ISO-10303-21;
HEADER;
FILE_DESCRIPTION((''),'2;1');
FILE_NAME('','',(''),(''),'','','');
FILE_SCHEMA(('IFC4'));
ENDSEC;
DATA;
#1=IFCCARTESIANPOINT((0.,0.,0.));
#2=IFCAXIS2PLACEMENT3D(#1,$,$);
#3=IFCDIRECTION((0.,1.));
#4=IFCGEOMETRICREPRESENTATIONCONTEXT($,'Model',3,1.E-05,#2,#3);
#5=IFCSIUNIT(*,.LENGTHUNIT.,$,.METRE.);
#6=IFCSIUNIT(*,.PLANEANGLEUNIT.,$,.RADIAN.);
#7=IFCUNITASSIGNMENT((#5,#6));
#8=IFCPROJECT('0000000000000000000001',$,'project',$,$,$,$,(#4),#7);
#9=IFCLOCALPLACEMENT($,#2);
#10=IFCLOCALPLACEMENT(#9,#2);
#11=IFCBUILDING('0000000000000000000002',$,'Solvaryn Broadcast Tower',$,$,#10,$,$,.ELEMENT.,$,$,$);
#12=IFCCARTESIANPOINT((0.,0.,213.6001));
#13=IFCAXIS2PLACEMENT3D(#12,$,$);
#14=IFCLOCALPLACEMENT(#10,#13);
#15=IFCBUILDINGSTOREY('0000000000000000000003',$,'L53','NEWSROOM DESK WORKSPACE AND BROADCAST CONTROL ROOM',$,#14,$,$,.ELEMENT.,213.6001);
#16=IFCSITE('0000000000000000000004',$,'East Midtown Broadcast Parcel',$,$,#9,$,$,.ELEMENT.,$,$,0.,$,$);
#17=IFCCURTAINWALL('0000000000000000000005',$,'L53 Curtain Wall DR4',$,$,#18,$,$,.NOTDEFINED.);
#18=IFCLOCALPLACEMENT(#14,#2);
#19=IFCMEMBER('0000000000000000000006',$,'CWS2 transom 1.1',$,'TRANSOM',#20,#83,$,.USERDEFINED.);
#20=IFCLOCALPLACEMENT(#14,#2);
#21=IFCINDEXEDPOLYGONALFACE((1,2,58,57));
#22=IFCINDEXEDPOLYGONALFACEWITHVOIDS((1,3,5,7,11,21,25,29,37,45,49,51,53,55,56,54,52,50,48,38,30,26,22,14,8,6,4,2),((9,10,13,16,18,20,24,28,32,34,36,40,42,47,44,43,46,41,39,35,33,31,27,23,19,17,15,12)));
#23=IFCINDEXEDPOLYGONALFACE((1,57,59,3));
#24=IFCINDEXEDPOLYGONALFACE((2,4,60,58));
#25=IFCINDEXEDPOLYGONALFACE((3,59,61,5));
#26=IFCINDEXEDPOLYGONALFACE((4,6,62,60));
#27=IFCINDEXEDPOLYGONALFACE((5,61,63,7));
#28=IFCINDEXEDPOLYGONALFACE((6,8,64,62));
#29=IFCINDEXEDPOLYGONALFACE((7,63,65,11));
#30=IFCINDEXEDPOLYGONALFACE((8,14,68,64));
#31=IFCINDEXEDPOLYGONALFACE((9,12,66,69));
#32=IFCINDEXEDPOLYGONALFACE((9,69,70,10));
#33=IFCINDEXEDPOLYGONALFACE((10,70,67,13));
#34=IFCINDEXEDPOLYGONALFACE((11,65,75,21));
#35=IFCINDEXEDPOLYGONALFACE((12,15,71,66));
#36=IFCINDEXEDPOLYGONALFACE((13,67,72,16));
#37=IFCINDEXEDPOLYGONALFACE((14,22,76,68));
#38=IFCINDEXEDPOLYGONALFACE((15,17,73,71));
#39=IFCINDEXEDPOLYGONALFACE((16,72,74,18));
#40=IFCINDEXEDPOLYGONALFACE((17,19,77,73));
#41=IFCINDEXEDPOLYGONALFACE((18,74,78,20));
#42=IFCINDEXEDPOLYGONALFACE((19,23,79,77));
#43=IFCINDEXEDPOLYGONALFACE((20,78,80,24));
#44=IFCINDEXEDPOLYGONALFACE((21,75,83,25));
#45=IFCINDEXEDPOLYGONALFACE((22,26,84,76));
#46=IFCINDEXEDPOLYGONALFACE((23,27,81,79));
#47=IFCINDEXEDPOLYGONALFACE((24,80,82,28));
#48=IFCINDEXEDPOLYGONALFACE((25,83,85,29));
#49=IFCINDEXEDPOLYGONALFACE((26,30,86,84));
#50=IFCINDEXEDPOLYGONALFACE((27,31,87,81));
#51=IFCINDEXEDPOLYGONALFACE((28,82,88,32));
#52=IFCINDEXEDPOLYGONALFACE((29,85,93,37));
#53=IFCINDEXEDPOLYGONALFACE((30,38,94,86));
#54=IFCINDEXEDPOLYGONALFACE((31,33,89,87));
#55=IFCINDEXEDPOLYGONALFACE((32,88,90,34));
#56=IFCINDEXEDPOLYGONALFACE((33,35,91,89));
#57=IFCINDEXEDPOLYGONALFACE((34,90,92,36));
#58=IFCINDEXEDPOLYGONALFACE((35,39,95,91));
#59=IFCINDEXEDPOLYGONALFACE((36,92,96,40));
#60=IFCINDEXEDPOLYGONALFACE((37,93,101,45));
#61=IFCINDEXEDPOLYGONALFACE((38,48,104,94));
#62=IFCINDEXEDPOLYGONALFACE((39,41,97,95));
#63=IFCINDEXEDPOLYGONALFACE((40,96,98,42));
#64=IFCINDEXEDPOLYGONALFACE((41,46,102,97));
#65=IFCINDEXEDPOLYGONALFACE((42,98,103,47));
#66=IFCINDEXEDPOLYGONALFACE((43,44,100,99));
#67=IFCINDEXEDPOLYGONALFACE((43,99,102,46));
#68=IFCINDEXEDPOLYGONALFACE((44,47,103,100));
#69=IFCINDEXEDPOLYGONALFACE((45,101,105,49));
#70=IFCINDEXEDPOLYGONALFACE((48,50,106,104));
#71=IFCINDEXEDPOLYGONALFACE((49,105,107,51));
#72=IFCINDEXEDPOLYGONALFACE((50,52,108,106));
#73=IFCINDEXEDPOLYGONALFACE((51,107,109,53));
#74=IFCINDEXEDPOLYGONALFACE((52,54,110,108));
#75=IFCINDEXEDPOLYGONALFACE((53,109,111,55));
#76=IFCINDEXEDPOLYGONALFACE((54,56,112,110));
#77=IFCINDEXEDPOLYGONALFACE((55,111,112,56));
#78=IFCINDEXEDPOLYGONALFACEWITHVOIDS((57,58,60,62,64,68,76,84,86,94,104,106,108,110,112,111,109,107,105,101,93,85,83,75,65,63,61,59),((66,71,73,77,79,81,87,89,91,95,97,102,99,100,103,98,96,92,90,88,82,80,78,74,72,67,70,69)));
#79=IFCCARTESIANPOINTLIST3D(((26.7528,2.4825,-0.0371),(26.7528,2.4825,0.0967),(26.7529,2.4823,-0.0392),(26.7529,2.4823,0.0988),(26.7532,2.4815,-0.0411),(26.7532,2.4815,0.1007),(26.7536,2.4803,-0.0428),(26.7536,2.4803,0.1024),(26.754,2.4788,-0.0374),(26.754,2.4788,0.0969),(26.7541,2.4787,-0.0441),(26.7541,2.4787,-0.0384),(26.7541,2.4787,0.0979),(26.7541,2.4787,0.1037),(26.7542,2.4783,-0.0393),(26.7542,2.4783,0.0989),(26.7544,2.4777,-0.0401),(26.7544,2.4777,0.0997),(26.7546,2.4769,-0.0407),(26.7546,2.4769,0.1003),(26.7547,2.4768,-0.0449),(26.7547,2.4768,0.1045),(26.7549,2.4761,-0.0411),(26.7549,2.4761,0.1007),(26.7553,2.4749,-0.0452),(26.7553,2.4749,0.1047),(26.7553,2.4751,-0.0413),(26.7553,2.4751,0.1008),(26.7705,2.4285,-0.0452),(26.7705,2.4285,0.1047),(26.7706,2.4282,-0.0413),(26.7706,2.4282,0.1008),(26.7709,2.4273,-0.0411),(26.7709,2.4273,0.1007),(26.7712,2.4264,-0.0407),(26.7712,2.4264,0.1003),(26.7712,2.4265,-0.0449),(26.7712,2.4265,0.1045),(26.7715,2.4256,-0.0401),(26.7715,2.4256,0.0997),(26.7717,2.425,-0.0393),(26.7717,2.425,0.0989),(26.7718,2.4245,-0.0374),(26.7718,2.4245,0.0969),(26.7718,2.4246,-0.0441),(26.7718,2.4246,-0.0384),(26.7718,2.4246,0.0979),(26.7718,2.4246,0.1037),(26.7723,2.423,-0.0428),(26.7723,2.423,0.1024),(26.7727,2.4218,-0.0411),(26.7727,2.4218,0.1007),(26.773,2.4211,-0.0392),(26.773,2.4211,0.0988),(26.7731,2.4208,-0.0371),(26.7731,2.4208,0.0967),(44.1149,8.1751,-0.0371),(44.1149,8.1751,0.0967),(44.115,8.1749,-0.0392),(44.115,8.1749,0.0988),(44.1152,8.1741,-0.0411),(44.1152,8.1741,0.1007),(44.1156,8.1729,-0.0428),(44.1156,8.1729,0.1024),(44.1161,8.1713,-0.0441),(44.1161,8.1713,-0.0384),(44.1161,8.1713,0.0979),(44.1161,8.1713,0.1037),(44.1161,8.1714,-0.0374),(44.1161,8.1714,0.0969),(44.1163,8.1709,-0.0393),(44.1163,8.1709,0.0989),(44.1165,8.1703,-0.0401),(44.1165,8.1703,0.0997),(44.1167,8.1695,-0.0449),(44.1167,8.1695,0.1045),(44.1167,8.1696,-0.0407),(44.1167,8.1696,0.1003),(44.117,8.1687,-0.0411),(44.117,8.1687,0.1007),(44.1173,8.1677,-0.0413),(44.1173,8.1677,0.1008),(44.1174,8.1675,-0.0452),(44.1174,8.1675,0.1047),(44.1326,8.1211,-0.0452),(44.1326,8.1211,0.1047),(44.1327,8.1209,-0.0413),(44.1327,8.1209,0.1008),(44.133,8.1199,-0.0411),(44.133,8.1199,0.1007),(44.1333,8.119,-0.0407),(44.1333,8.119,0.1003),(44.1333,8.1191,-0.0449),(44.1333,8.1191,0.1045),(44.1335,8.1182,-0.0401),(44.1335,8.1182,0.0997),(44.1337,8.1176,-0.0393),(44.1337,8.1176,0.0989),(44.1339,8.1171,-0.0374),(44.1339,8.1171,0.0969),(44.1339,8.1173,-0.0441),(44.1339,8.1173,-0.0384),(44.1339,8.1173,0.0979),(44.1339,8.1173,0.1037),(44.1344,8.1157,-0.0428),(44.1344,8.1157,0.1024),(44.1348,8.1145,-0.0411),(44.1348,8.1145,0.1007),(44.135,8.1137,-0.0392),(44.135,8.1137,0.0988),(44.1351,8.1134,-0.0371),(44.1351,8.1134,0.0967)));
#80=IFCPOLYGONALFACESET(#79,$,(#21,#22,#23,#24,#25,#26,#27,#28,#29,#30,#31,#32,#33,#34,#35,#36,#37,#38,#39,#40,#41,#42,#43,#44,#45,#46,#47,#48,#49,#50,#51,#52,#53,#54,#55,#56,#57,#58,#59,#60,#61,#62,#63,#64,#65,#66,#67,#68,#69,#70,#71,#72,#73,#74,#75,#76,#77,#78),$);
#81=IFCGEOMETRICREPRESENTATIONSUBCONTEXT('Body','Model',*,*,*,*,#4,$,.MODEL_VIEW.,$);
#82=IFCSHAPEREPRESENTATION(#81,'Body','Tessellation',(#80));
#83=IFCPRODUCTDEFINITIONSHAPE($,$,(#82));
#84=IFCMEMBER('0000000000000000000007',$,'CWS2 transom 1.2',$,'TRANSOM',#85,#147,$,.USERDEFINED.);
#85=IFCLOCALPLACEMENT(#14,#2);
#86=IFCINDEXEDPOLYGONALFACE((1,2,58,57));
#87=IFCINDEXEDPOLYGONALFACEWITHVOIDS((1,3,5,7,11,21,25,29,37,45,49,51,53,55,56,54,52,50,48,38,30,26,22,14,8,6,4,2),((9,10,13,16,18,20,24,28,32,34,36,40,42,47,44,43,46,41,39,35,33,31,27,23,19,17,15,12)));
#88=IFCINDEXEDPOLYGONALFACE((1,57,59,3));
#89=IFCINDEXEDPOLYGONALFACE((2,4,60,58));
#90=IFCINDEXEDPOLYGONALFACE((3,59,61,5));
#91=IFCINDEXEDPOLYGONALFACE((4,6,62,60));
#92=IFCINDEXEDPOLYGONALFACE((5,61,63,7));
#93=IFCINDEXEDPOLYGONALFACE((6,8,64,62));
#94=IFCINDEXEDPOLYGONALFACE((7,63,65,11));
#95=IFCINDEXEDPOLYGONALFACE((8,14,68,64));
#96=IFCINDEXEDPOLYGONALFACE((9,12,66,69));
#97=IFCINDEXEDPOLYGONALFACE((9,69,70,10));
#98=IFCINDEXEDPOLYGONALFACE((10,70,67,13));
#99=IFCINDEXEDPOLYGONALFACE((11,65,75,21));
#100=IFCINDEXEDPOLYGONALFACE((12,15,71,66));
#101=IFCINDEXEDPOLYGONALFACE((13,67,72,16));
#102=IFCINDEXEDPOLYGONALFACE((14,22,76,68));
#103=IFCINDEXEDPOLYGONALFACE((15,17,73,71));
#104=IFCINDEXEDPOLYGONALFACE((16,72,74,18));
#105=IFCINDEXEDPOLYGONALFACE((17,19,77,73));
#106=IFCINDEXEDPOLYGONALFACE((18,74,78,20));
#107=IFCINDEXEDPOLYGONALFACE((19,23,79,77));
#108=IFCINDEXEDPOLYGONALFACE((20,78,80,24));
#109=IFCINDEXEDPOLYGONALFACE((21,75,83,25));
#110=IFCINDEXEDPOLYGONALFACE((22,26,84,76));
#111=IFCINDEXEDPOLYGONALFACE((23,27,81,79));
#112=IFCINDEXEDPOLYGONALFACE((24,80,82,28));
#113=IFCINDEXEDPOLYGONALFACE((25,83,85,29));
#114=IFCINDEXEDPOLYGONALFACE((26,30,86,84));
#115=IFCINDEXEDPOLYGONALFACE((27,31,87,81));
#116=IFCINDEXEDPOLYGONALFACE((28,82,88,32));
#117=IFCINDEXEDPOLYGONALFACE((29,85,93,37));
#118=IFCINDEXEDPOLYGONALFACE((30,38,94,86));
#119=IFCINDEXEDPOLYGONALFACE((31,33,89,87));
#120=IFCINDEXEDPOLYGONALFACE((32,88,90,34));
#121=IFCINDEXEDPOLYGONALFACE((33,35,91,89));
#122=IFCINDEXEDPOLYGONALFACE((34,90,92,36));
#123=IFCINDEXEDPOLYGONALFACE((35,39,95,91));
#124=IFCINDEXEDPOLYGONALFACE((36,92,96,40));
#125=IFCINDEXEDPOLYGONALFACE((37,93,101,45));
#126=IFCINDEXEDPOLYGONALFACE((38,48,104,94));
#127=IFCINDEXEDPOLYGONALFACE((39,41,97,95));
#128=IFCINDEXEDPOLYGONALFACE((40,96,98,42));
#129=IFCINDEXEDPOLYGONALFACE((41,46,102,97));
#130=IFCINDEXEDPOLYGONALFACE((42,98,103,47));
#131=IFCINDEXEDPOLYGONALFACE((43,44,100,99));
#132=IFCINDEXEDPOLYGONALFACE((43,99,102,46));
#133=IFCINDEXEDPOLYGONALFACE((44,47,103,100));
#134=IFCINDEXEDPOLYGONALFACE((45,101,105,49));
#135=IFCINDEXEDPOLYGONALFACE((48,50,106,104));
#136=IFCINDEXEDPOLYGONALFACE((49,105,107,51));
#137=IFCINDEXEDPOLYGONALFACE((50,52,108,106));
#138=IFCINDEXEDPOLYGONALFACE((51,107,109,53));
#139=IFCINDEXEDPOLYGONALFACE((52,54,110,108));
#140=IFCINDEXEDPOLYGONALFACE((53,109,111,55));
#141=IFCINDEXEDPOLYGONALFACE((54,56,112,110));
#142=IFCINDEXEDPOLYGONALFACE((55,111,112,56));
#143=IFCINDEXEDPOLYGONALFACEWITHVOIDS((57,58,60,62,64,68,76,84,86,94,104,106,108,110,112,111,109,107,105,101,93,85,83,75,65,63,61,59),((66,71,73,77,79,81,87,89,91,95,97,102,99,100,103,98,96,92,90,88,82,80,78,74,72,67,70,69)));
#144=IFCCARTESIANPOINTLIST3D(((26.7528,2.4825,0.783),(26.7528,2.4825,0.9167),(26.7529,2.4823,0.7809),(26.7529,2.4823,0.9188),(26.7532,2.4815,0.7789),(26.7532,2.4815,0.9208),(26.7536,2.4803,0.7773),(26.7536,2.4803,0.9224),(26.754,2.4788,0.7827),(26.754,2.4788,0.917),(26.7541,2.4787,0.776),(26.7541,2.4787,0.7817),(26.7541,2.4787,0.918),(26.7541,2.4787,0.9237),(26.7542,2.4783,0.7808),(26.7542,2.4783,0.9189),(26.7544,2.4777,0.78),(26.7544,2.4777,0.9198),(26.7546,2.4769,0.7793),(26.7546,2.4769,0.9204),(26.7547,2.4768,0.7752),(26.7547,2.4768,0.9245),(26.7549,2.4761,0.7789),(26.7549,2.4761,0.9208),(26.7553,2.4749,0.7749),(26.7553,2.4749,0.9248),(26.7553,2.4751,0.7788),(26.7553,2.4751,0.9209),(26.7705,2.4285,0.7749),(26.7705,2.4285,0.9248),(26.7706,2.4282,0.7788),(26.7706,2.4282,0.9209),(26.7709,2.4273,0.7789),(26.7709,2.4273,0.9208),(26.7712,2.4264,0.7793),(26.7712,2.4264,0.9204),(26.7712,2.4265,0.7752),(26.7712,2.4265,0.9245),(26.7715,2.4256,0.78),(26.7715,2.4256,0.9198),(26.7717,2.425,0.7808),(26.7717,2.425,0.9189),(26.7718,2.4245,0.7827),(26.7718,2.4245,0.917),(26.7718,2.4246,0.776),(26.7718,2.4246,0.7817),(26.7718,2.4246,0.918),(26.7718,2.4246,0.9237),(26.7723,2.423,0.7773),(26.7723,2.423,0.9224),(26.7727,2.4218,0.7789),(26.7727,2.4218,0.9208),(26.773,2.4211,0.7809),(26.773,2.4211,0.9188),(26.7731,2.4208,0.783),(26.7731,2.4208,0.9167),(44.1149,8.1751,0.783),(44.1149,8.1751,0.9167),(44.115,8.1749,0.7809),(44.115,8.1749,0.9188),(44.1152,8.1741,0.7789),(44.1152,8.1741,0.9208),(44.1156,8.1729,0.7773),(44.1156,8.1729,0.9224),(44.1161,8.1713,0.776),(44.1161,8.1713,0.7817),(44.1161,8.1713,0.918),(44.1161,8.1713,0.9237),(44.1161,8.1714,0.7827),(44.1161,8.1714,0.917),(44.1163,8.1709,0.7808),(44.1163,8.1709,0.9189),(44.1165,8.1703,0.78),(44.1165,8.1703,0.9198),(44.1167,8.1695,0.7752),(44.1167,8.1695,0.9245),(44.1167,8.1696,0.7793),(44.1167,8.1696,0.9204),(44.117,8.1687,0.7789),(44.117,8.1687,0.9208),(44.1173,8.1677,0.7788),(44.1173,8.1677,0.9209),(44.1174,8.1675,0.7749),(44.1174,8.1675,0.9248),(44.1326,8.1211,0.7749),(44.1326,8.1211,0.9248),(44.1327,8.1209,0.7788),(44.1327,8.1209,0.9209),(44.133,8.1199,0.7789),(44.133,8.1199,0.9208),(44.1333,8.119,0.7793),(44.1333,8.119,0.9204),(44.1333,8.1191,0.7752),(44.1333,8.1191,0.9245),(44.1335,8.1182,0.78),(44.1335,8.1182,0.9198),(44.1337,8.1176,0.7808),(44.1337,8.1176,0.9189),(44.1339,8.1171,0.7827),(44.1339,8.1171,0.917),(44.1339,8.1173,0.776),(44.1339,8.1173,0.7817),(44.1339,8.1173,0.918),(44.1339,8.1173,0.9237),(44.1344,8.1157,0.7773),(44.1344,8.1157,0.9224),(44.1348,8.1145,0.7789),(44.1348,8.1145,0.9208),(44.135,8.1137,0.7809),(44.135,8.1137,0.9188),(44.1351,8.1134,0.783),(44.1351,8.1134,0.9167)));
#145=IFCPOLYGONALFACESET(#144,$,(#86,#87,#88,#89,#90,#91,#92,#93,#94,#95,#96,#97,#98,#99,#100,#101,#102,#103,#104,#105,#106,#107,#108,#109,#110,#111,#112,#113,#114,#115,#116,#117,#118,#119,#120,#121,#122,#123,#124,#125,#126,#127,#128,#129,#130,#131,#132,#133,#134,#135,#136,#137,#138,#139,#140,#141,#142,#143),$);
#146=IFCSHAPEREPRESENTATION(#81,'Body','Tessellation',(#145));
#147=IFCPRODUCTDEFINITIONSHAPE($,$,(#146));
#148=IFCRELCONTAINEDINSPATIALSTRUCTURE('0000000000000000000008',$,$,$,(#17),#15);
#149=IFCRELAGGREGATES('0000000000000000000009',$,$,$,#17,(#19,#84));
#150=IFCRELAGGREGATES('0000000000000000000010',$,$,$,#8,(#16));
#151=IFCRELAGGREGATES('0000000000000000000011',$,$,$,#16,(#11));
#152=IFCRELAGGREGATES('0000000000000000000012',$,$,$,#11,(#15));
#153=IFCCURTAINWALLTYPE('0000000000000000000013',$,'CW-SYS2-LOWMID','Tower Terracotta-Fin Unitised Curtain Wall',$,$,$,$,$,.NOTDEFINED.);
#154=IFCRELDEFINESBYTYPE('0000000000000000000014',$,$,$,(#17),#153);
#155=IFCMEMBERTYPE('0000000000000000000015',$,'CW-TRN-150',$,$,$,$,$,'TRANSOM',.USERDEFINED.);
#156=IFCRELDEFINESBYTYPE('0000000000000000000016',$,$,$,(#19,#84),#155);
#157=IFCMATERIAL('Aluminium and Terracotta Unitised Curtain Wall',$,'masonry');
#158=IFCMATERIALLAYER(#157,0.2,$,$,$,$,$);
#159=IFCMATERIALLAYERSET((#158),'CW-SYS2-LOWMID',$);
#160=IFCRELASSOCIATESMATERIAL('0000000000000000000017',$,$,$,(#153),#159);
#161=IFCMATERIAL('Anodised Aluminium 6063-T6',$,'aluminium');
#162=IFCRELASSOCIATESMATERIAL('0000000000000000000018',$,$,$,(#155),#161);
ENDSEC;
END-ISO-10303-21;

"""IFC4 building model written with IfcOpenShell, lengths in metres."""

from ifc_helpers import new_model, si_unit, direction, frame, origin, origin_2d, place, context, subcontext, project, spatial, hollow_rectangle, extrude, material, layer, layer_set, material_profile, profile_set, type_object, element, aggregate, save


model = new_model("IFC4")

# Units and contexts
model_context = context("Model", 3, precision=1e-05, world=origin(), true_north=direction((0.0, 1.0)))
body_context = subcontext(model_context, "Body", "Model", "MODEL_VIEW")
ifc_project = project(units=[si_unit("LENGTHUNIT", "METRE"), si_unit("PLANEANGLEUNIT", "RADIAN")], contexts=[model_context])

# Site, building, storey
site_placement = place(None, origin())
site = spatial("IfcSite", under=ifc_project, at=site_placement, Name="East Midtown Broadcast Parcel", CompositionType="ELEMENT", RefElevation=0.0)
building_placement = place(site_placement, origin())
building = spatial("IfcBuilding", under=site, at=building_placement, Name="Solvaryn Broadcast Tower", CompositionType="ELEMENT")
storey_placement = place(building_placement, frame((0.0, 0.0, 213.6001)))
storey = spatial("IfcBuildingStorey", under=building, at=storey_placement, Name="L53", Description="NEWSROOM DESK WORKSPACE AND BROADCAST CONTROL ROOM", CompositionType="ELEMENT", Elevation=213.6001)

# Shared definitions
ifc_material_1 = material(Name="Aluminium and Terracotta Unitised Curtain Wall", Category="masonry")
ifc_layer_1 = layer(ifc_material_1, 0.2)
ifc_layer_set_1 = layer_set([ifc_layer_1], Name="CW-SYS2-LOWMID")
curtain_wall_type = type_object("IfcCurtainWallType", Name="CW-SYS2-LOWMID", Description="Tower Terracotta-Fin Unitised Curtain Wall", PredefinedType="NOTDEFINED", material=ifc_layer_set_1)

# Curtain wall, members
curtain_wall_1_placement = place(storey_placement, origin())
curtain_wall_1 = element("IfcCurtainWall", 1, at=curtain_wall_1_placement, inside=storey, type_object=curtain_wall_type, Name="L53 Curtain Wall DR4", PredefinedType="NOTDEFINED")
ifc_material_2 = material(Name="Anodised Aluminium 6063-T6", Category="aluminium")
ifc_material_profile_1 = material_profile(ifc_material_2, hollow_rectangle(XDim=0.0649, YDim=0.1499, WallThickness=0.0039, InnerFilletRadius=0.0039, OuterFilletRadius=0.0081, at=origin_2d()))
ifc_profile_set_1 = profile_set([ifc_material_profile_1], Name="Anodised Aluminium 6063-T6")
member_type_1 = type_object("IfcMemberType", Name="CW-TRN-150", ElementType="TRANSOM", PredefinedType="USERDEFINED", material=ifc_profile_set_1)
member_1_placement = place(storey_placement, frame((26.7629, 2.4517, 0.0298), z_axis=(0.950227, 0.311558, 0.0), x_axis=(-0.311558, 0.950227, 0.0)))
member_1 = element("IfcMember", 2, at=member_1_placement, type_object=member_type_1, Name="CWS2 transom 1.1", ObjectType="TRANSOM", PredefinedType="USERDEFINED", context=body_context, shape_type="SweptSolid", body=[
    extrude(hollow_rectangle(XDim=0.0649, YDim=0.1499, WallThickness=0.0039, InnerFilletRadius=0.0039, OuterFilletRadius=0.0081, at=origin_2d()), origin(), (0.0, 0.0, 1.0), 18.2715),
])
member_2_placement = place(storey_placement, frame((26.7629, 2.4517, 0.8499), z_axis=(0.950227, 0.311558, 0.0), x_axis=(-0.311558, 0.950227, 0.0)))
member_2 = element("IfcMember", 3, at=member_2_placement, type_object=member_type_1, Name="CWS2 transom 1.2", ObjectType="TRANSOM", PredefinedType="USERDEFINED", context=body_context, shape_type="SweptSolid", body=[
    extrude(hollow_rectangle(XDim=0.0649, YDim=0.1499, WallThickness=0.0039, InnerFilletRadius=0.0039, OuterFilletRadius=0.0081, at=origin_2d()), origin(), (0.0, 0.0, 1.0), 18.2715),
])
aggregate(curtain_wall_1, [member_1, member_2])

save(model, "model.ifc")
